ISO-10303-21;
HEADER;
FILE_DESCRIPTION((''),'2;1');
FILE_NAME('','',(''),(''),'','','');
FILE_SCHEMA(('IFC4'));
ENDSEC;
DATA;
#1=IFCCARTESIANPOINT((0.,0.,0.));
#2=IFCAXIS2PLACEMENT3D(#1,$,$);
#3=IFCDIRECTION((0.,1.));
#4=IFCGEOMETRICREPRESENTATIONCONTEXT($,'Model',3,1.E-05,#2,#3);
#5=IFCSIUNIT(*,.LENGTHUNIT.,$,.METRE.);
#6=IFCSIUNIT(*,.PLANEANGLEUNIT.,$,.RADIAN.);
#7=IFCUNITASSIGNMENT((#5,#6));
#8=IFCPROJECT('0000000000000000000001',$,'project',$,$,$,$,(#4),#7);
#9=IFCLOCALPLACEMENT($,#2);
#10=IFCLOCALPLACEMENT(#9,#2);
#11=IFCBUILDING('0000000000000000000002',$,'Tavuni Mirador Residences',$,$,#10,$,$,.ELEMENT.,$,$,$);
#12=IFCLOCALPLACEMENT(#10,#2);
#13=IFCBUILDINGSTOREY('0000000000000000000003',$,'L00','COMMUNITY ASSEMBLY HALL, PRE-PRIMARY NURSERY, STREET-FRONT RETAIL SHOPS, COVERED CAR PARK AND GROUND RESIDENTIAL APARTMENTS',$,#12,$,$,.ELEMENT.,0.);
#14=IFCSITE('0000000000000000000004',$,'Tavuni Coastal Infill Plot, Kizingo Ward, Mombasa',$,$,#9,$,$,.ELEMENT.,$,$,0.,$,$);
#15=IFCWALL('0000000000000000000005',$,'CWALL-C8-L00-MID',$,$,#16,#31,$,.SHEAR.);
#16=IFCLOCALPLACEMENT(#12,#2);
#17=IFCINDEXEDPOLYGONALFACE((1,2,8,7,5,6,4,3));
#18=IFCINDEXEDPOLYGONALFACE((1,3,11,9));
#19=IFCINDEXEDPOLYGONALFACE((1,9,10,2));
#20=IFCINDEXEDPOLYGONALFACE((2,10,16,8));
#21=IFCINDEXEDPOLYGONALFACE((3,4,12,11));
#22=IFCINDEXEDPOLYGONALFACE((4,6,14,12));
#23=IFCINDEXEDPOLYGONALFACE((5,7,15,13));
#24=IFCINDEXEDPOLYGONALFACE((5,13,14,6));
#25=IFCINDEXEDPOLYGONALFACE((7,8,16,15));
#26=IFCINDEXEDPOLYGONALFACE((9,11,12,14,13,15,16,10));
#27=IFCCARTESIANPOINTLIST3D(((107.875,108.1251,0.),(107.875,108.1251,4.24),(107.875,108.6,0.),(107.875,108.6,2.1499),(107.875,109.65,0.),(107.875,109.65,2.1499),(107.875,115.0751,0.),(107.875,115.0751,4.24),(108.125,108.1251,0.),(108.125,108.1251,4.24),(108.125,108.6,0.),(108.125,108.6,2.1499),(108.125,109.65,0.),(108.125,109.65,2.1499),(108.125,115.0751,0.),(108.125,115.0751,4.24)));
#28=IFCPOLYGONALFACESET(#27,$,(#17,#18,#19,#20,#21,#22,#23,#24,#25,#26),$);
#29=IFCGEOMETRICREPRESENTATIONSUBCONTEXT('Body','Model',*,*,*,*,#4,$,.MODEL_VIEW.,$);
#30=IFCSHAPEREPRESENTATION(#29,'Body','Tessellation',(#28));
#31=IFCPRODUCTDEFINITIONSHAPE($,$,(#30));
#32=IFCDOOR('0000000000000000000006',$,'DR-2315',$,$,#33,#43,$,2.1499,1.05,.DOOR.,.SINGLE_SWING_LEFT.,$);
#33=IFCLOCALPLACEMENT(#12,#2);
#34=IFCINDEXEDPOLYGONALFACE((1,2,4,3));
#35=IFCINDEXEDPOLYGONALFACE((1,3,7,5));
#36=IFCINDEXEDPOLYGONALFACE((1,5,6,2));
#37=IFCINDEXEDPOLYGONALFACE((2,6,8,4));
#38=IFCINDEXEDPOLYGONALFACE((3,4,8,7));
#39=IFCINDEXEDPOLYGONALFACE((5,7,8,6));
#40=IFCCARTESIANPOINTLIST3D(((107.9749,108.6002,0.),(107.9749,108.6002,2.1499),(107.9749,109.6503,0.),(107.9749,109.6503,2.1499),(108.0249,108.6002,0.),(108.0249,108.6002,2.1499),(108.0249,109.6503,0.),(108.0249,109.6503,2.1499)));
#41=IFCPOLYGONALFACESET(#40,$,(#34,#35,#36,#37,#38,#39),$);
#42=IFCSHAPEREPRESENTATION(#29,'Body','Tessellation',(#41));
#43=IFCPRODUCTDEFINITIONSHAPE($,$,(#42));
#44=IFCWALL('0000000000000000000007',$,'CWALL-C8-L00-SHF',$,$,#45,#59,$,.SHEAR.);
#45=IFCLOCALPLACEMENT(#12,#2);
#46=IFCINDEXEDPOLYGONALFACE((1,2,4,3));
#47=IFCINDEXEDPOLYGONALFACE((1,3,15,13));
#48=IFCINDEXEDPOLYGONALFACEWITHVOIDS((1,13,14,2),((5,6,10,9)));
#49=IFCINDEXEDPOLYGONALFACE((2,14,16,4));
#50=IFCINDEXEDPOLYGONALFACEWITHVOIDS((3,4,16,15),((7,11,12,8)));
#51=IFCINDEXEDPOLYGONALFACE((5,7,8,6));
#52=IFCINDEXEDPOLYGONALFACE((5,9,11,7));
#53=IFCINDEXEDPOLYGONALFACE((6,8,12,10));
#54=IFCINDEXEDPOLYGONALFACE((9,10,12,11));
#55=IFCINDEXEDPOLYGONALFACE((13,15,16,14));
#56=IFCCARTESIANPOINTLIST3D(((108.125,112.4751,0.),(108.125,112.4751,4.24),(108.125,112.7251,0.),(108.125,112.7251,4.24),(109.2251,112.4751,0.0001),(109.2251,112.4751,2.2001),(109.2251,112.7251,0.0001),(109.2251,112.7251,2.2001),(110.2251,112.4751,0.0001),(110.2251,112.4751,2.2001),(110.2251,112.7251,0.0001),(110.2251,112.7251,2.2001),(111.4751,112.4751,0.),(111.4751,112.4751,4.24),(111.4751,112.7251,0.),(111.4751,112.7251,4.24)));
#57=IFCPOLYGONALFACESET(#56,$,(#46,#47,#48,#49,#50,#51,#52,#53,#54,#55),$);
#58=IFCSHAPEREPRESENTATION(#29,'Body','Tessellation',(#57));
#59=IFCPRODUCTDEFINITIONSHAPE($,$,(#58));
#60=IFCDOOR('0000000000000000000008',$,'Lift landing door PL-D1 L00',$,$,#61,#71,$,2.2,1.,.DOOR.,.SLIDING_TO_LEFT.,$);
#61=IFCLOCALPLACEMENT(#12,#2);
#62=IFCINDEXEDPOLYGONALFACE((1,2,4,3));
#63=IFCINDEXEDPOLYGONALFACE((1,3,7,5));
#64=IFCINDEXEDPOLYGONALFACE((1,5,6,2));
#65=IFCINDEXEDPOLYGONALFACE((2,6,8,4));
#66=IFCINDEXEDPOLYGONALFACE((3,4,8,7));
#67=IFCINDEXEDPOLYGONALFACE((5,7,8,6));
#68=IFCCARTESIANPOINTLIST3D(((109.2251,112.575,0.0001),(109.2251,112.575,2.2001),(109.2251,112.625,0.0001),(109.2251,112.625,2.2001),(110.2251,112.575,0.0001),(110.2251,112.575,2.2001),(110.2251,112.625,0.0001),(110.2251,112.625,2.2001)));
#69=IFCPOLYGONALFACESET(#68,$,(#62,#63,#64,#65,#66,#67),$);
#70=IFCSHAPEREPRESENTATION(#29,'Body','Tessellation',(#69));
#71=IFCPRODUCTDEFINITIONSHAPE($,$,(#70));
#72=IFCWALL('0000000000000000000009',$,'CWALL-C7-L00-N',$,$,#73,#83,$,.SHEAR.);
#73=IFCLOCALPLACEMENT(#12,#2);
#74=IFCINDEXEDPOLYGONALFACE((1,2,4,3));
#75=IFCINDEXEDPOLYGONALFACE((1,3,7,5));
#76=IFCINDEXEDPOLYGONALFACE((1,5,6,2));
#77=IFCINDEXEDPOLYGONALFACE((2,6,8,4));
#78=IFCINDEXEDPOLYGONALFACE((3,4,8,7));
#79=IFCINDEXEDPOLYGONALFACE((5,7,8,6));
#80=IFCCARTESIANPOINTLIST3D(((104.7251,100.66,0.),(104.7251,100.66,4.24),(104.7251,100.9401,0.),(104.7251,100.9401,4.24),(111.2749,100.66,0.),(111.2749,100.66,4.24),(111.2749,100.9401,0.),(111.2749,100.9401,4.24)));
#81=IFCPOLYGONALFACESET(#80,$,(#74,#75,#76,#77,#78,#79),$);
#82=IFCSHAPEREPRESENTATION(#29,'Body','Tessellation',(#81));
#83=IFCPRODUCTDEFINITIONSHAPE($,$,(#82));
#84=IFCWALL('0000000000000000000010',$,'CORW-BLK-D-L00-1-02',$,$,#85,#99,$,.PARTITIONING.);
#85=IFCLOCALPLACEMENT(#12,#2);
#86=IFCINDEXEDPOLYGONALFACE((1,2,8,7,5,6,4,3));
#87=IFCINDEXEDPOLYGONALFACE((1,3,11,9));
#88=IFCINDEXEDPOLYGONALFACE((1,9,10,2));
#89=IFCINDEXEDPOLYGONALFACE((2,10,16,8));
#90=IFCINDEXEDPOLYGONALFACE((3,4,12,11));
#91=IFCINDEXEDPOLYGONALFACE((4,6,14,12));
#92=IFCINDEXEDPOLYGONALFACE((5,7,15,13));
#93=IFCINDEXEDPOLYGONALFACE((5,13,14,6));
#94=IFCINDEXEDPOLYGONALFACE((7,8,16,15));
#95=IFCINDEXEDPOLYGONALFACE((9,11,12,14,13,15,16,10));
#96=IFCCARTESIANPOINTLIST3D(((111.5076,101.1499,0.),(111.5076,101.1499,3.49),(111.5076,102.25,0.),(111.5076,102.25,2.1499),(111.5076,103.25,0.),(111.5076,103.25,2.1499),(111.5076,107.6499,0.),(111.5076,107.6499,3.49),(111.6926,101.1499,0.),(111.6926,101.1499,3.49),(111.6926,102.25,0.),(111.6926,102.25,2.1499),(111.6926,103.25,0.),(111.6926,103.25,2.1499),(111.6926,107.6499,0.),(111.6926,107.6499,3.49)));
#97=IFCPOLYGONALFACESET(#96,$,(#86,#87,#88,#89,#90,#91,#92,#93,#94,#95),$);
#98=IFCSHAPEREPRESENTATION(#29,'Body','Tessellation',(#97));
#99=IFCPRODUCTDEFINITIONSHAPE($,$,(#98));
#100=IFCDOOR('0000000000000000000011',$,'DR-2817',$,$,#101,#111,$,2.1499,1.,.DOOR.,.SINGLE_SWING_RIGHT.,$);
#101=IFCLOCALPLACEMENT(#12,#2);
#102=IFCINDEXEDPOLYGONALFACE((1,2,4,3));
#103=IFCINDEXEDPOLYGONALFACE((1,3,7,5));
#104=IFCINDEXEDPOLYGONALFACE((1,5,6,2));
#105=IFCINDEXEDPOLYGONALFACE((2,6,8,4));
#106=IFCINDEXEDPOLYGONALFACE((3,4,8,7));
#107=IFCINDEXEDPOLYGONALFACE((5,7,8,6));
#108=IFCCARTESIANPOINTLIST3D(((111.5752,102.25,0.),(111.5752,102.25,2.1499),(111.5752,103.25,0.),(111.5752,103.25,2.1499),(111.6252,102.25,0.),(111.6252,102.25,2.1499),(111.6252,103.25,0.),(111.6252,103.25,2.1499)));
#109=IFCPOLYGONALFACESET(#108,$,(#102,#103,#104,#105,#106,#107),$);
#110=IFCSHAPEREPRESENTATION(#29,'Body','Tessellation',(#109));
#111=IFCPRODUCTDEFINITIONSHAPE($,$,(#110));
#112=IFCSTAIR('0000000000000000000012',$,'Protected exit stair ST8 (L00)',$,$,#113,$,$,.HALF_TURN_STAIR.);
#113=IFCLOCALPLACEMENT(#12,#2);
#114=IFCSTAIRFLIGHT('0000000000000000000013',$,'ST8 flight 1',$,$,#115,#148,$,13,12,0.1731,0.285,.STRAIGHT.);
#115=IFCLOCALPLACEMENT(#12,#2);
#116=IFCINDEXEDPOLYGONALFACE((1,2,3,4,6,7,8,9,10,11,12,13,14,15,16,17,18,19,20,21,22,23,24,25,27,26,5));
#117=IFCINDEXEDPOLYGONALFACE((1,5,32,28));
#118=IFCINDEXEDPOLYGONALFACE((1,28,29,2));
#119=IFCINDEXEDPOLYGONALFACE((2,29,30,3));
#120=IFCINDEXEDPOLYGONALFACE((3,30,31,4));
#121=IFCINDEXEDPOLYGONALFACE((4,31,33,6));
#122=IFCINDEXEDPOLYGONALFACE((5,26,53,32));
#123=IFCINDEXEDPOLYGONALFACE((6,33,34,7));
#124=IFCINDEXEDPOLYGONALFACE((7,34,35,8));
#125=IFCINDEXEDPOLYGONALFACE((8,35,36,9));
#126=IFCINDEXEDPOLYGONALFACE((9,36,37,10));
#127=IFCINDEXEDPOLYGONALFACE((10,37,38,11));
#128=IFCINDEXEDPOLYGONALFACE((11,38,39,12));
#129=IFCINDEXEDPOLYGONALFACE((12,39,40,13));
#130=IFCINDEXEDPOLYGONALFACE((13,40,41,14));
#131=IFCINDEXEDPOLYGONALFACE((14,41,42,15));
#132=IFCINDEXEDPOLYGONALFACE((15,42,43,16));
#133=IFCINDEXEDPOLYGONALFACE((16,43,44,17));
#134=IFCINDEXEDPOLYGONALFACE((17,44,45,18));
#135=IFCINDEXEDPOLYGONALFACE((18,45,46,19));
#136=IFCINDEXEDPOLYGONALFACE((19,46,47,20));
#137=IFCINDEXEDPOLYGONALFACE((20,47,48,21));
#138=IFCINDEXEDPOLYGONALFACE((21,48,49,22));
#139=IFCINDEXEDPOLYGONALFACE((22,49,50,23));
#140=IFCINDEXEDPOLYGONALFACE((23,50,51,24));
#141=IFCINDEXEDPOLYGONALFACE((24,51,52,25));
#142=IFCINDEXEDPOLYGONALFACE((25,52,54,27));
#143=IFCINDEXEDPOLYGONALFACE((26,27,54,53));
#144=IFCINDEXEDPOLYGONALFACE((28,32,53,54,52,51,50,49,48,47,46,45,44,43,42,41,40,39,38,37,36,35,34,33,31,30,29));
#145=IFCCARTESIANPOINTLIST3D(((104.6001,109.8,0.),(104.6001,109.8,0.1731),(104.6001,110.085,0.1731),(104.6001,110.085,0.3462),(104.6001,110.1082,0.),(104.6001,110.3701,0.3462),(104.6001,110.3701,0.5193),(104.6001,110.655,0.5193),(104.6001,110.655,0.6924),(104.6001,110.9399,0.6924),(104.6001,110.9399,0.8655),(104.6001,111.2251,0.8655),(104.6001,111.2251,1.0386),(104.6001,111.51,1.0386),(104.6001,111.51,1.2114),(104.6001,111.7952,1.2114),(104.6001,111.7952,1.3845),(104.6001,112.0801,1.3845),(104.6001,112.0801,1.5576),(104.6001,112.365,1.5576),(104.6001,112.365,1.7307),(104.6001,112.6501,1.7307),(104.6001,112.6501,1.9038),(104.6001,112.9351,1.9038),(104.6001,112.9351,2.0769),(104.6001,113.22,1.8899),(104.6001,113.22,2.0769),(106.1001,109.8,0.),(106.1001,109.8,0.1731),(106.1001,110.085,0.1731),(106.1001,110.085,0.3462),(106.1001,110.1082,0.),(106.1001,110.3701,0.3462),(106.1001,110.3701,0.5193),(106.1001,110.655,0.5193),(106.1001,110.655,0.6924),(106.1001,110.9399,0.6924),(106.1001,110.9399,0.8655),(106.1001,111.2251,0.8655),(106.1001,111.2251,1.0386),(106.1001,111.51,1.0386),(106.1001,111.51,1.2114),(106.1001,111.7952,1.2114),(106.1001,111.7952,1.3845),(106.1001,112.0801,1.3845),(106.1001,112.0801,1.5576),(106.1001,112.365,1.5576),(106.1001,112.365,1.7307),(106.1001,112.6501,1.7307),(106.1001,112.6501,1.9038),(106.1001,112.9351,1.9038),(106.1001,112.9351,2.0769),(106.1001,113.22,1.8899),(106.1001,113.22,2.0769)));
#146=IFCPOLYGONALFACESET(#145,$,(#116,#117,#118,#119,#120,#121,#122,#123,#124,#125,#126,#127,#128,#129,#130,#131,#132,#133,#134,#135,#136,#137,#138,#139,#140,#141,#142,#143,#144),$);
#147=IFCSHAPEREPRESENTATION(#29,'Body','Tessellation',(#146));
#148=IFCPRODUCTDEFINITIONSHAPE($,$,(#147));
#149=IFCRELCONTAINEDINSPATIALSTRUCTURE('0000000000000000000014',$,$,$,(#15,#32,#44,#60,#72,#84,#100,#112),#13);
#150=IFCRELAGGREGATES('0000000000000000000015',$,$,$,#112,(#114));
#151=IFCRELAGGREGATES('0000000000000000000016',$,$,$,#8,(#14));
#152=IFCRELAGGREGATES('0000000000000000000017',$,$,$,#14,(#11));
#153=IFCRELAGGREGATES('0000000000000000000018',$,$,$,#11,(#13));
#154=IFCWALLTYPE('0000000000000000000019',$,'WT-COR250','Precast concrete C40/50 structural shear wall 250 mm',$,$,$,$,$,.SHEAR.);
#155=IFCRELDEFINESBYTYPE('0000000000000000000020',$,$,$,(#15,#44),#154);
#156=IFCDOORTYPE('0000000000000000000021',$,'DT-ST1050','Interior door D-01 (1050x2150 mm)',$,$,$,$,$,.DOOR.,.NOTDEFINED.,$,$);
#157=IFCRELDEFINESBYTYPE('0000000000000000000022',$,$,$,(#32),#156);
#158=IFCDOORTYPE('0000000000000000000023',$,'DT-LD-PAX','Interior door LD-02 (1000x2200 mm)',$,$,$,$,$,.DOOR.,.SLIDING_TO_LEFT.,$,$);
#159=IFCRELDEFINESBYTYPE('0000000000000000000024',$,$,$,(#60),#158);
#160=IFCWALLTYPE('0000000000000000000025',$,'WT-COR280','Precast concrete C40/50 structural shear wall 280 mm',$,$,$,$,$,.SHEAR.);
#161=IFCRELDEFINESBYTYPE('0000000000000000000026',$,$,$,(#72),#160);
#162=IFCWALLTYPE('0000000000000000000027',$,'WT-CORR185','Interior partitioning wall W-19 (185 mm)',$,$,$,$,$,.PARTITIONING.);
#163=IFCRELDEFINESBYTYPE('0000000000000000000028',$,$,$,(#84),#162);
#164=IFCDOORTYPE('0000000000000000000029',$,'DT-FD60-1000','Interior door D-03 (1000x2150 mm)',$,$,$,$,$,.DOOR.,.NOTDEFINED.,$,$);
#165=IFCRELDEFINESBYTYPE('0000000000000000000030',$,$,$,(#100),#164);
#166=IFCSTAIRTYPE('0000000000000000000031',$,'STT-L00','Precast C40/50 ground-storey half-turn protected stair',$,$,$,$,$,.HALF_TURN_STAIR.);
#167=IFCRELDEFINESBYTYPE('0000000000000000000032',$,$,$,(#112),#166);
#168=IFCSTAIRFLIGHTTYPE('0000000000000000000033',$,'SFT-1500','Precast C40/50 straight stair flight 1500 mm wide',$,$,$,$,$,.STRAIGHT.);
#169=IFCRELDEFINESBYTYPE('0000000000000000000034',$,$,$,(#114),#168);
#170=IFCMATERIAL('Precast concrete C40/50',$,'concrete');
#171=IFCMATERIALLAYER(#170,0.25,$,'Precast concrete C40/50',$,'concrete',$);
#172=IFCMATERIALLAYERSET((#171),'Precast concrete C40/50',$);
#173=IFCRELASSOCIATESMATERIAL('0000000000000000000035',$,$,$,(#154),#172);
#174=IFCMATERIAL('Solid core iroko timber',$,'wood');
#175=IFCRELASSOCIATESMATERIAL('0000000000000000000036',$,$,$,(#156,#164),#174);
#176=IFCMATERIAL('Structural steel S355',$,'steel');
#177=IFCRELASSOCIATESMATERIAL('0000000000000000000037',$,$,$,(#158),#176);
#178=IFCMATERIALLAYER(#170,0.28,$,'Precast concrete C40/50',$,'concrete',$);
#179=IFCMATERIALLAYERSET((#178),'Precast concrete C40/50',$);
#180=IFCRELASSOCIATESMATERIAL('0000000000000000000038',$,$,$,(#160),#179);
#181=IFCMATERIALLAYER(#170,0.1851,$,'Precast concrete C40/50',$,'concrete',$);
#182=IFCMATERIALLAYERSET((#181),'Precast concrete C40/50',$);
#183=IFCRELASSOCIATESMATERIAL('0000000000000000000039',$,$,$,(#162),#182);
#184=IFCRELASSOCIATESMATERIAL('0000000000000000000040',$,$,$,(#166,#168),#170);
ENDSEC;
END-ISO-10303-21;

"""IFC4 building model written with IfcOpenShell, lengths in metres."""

from ifc_helpers import new_model, si_unit, direction, frame, frame_2d, origin, place, context, subcontext, project, spatial, polyline, rectangle, outline, extrude, material, layer, layer_set, type_object, element, fill, aggregate, save


model = new_model("IFC4")

# Units and contexts
model_context = context("Model", 3, precision=1e-05, world=origin(), true_north=direction((0.0, 1.0)))
body_context = subcontext(model_context, "Body", "Model", "MODEL_VIEW")
ifc_project = project(units=[si_unit("LENGTHUNIT", "METRE"), si_unit("PLANEANGLEUNIT", "RADIAN")], contexts=[model_context])

# Site, building, storey
site_placement = place(None, origin())
site = spatial("IfcSite", under=ifc_project, at=site_placement, Name="Tavuni Coastal Infill Plot, Kizingo Ward, Mombasa", CompositionType="ELEMENT", RefElevation=0.0)
building_placement = place(site_placement, origin())
building = spatial("IfcBuilding", under=site, at=building_placement, Name="Tavuni Mirador Residences", CompositionType="ELEMENT")
storey_placement = place(building_placement, origin())
storey = spatial("IfcBuildingStorey", under=building, at=storey_placement, Name="L00", Description="COMMUNITY ASSEMBLY HALL, PRE-PRIMARY NURSERY, STREET-FRONT RETAIL SHOPS, COVERED CAR PARK AND GROUND RESIDENTIAL APARTMENTS", CompositionType="ELEMENT", Elevation=0.0)

# Shared definitions
ifc_material_1 = material(Name="Precast concrete C40/50", Category="concrete")

# Walls, openings, doors
ifc_layer_1 = layer(ifc_material_1, 0.25, Name="Precast concrete C40/50", Category="concrete")
ifc_layer_set_1 = layer_set([ifc_layer_1], Name="Precast concrete C40/50")
wall_type_1 = type_object("IfcWallType", Name="WT-COR250", Description="Precast concrete C40/50 structural shear wall 250 mm", PredefinedType="SHEAR", material=ifc_layer_set_1)
ifc_material_2 = material(Name="Solid core iroko timber", Category="wood")
door_type_1 = type_object("IfcDoorType", Name="DT-ST1050", Description="Interior door D-01 (1050x2150 mm)", OperationType="NOTDEFINED", PredefinedType="DOOR", material=ifc_material_2)
wall_1_placement = place(storey_placement, frame((108.0, 108.125, 0.0), z_axis=(0.0, 0.0, 1.0), x_axis=(0.0, 1.0, 0.0)))
wall_1 = element("IfcWall", 1, at=wall_1_placement, inside=storey, type_object=wall_type_1, Name="CWALL-C8-L00-MID", PredefinedType="SHEAR", context=body_context, shape_type="SweptSolid", body=[
    extrude(rectangle(XDim=6.95, YDim=0.25, at=frame_2d((3.4751, 0.0))), origin(), (0.0, 0.0, 1.0), 4.24),
])
opening_1_placement = place(wall_1_placement, frame((0.4751, 0.0, 0.0)))
opening_1 = element("IfcOpeningElement", 2, at=opening_1_placement, cuts=wall_1, PredefinedType="OPENING", context=body_context, shape_type="SweptSolid", body=[
    extrude(rectangle(XDim=1.05, YDim=2.1499, at=frame_2d((0.5249, 1.075))), frame((0.0, 0.135, 0.0), z_axis=(0.0, -1.0, 0.0), x_axis=(1.0, 0.0, 0.0)), (0.0, 0.0, 1.0), 0.27),
])
door_1_placement = place(opening_1_placement, frame((1.05, 0.0, 0.0), z_axis=(0.0, 0.0, 1.0), x_axis=(-1.0, 0.0, 0.0)))
door_1 = element("IfcDoor", 3, at=door_1_placement, inside=storey, type_object=door_type_1, Name="DR-2315", OperationType="SINGLE_SWING_LEFT", OverallHeight=2.1499, OverallWidth=1.05, PredefinedType="DOOR", context=body_context, shape_type="SweptSolid", body=[
    extrude(rectangle(XDim=1.05, YDim=2.1499, at=frame_2d((0.5249, 1.075))), frame((0.0, 0.0249, 0.0), z_axis=(0.0, -1.0, 0.0), x_axis=(1.0, 0.0, 0.0)), (0.0, 0.0, 1.0), 0.05),
])
fill(opening_1, door_1)
wall_2_placement = place(storey_placement, frame((108.125, 112.6001, 0.0), z_axis=(0.0, 0.0, 1.0), x_axis=(1.0, 0.0, 0.0)))
wall_2 = element("IfcWall", 4, at=wall_2_placement, inside=storey, type_object=wall_type_1, Name="CWALL-C8-L00-SHF", PredefinedType="SHEAR", context=body_context, shape_type="SweptSolid", body=[
    extrude(rectangle(XDim=3.3501, YDim=0.25, at=frame_2d((1.675, 0.0))), origin(), (0.0, 0.0, 1.0), 4.24),
])
opening_2_placement = place(wall_2_placement, frame((1.1001, 0.0, 0.0)))
opening_2 = element("IfcOpeningElement", 5, at=opening_2_placement, cuts=wall_2, PredefinedType="OPENING", context=body_context, shape_type="SweptSolid", body=[
    extrude(rectangle(XDim=1.0, YDim=2.2, at=frame_2d((0.5, 1.1001))), frame((0.0, 0.135, 0.0), z_axis=(0.0, -1.0, 0.0), x_axis=(1.0, 0.0, 0.0)), (0.0, 0.0, 1.0), 0.27),
])
ifc_material_3 = material(Name="Structural steel S355", Category="steel")
door_type_2 = type_object("IfcDoorType", Name="DT-LD-PAX", Description="Interior door LD-02 (1000x2200 mm)", OperationType="SLIDING_TO_LEFT", PredefinedType="DOOR", material=ifc_material_3)
door_2_placement = place(opening_2_placement, origin())
door_2 = element("IfcDoor", 6, at=door_2_placement, inside=storey, type_object=door_type_2, Name="Lift landing door PL-D1 L00", OperationType="SLIDING_TO_LEFT", OverallHeight=2.2, OverallWidth=1.0, PredefinedType="DOOR", context=body_context, shape_type="SweptSolid", body=[
    extrude(rectangle(XDim=1.0, YDim=2.2, at=frame_2d((0.5, 1.1001))), frame((0.0, 0.0249, 0.0), z_axis=(0.0, -1.0, 0.0), x_axis=(1.0, 0.0, 0.0)), (0.0, 0.0, 1.0), 0.05),
])
fill(opening_2, door_2)

# Wall
ifc_layer_2 = layer(ifc_material_1, 0.28, Name="Precast concrete C40/50", Category="concrete")
ifc_layer_set_2 = layer_set([ifc_layer_2], Name="Precast concrete C40/50")
wall_type_2 = type_object("IfcWallType", Name="WT-COR280", Description="Precast concrete C40/50 structural shear wall 280 mm", PredefinedType="SHEAR", material=ifc_layer_set_2)
wall_3_placement = place(storey_placement, frame((104.7251, 100.8, 0.0), z_axis=(0.0, 0.0, 1.0), x_axis=(1.0, 0.0, 0.0)))
element("IfcWall", 7, at=wall_3_placement, inside=storey, type_object=wall_type_2, Name="CWALL-C7-L00-N", PredefinedType="SHEAR", context=body_context, shape_type="SweptSolid", body=[
    extrude(rectangle(XDim=6.5498, YDim=0.28, at=frame_2d((3.2749, 0.0))), origin(), (0.0, 0.0, 1.0), 4.24),
])

# Wall, opening, door
ifc_layer_3 = layer(ifc_material_1, 0.1851, Name="Precast concrete C40/50", Category="concrete")
ifc_layer_set_3 = layer_set([ifc_layer_3], Name="Precast concrete C40/50")
wall_type_3 = type_object("IfcWallType", Name="WT-CORR185", Description="Interior partitioning wall W-19 (185 mm)", PredefinedType="PARTITIONING", material=ifc_layer_set_3)
wall_4_placement = place(storey_placement, frame((111.6001, 101.1499, 0.0), z_axis=(0.0, 0.0, 1.0), x_axis=(0.0, 1.0, 0.0)))
wall_4 = element("IfcWall", 8, at=wall_4_placement, inside=storey, type_object=wall_type_3, Name="CORW-BLK-D-L00-1-02", PredefinedType="PARTITIONING", context=body_context, shape_type="SweptSolid", body=[
    extrude(rectangle(XDim=6.5, YDim=0.1851, at=frame_2d((3.25, 0.0))), origin(), (0.0, 0.0, 1.0), 3.49),
])
opening_3_placement = place(wall_4_placement, frame((1.1001, 0.0, 0.0)))
opening_3 = element("IfcOpeningElement", 9, at=opening_3_placement, cuts=wall_4, PredefinedType="OPENING", context=body_context, shape_type="SweptSolid", body=[
    extrude(rectangle(XDim=1.0, YDim=2.1499, at=frame_2d((0.5, 1.075))), frame((0.0, 0.1025, 0.0), z_axis=(0.0, -1.0, 0.0), x_axis=(1.0, 0.0, 0.0)), (0.0, 0.0, 1.0), 0.2051),
])
door_type_3 = type_object("IfcDoorType", Name="DT-FD60-1000", Description="Interior door D-03 (1000x2150 mm)", OperationType="NOTDEFINED", PredefinedType="DOOR", material=ifc_material_2)
door_3_placement = place(opening_3_placement, origin())
door_3 = element("IfcDoor", 10, at=door_3_placement, inside=storey, type_object=door_type_3, Name="DR-2817", OperationType="SINGLE_SWING_RIGHT", OverallHeight=2.1499, OverallWidth=1.0, PredefinedType="DOOR", context=body_context, shape_type="SweptSolid", body=[
    extrude(rectangle(XDim=1.0, YDim=2.1499, at=frame_2d((0.5, 1.075))), frame((0.0, 0.0249, 0.0), z_axis=(0.0, -1.0, 0.0), x_axis=(1.0, 0.0, 0.0)), (0.0, 0.0, 1.0), 0.05),
])
fill(opening_3, door_3)

# Stair, stair flight
stair_type = type_object("IfcStairType", Name="STT-L00", Description="Precast C40/50 ground-storey half-turn protected stair", PredefinedType="HALF_TURN_STAIR", material=ifc_material_1)
stair_placement = place(storey_placement, origin())
stair = element("IfcStair", 11, at=stair_placement, inside=storey, type_object=stair_type, Name="Protected exit stair ST8 (L00)", PredefinedType="HALF_TURN_STAIR")
stair_flight_type = type_object("IfcStairFlightType", Name="SFT-1500", Description="Precast C40/50 straight stair flight 1500 mm wide", PredefinedType="STRAIGHT", material=ifc_material_1)
stair_flight_1_placement = place(storey_placement, frame((105.3501, 109.8, 0.0), z_axis=(0.0, 0.0, 1.0), x_axis=(0.0, 1.0, 0.0)))
stair_flight_1 = element("IfcStairFlight", 12, at=stair_flight_1_placement, type_object=stair_flight_type, Name="ST8 flight 1", NumberOfRisers=13, NumberOfTreads=12, PredefinedType="STRAIGHT", RiserHeight=0.1731, TreadLength=0.285, context=body_context, shape_type="SweptSolid", body=[
    extrude(outline(polyline([(0.0, 0.0), (0.0, 0.1731), (0.2849, 0.1731), (0.2849, 0.3462), (0.5701, 0.3462), (0.5701, 0.5193), (0.855, 0.5193), (0.855, 0.6924), (1.1399, 0.6924), (1.1399, 0.8655), (1.425, 0.8655), (1.425, 1.0386), (1.71, 1.0386), (1.71, 1.2114), (1.9951, 1.2114), (1.9951, 1.3845), (2.28, 1.3845), (2.28, 1.5576), (2.5649, 1.5576), (2.5649, 1.7307), (2.8501, 1.7307), (2.8501, 1.9038), (3.135, 1.9038), (3.135, 2.0769), (3.4199, 2.0769), (3.4199, 2.25), (3.4199, 1.8899), (0.3081, 0.0), (0.0, 0.0)])), frame((0.0, 0.75, 0.0), z_axis=(0.0, -1.0, 0.0), x_axis=(1.0, 0.0, 0.0)), (0.0, 0.0, 1.0), 1.5),
])
aggregate(stair, [stair_flight_1])

save(model, "model.ifc")
